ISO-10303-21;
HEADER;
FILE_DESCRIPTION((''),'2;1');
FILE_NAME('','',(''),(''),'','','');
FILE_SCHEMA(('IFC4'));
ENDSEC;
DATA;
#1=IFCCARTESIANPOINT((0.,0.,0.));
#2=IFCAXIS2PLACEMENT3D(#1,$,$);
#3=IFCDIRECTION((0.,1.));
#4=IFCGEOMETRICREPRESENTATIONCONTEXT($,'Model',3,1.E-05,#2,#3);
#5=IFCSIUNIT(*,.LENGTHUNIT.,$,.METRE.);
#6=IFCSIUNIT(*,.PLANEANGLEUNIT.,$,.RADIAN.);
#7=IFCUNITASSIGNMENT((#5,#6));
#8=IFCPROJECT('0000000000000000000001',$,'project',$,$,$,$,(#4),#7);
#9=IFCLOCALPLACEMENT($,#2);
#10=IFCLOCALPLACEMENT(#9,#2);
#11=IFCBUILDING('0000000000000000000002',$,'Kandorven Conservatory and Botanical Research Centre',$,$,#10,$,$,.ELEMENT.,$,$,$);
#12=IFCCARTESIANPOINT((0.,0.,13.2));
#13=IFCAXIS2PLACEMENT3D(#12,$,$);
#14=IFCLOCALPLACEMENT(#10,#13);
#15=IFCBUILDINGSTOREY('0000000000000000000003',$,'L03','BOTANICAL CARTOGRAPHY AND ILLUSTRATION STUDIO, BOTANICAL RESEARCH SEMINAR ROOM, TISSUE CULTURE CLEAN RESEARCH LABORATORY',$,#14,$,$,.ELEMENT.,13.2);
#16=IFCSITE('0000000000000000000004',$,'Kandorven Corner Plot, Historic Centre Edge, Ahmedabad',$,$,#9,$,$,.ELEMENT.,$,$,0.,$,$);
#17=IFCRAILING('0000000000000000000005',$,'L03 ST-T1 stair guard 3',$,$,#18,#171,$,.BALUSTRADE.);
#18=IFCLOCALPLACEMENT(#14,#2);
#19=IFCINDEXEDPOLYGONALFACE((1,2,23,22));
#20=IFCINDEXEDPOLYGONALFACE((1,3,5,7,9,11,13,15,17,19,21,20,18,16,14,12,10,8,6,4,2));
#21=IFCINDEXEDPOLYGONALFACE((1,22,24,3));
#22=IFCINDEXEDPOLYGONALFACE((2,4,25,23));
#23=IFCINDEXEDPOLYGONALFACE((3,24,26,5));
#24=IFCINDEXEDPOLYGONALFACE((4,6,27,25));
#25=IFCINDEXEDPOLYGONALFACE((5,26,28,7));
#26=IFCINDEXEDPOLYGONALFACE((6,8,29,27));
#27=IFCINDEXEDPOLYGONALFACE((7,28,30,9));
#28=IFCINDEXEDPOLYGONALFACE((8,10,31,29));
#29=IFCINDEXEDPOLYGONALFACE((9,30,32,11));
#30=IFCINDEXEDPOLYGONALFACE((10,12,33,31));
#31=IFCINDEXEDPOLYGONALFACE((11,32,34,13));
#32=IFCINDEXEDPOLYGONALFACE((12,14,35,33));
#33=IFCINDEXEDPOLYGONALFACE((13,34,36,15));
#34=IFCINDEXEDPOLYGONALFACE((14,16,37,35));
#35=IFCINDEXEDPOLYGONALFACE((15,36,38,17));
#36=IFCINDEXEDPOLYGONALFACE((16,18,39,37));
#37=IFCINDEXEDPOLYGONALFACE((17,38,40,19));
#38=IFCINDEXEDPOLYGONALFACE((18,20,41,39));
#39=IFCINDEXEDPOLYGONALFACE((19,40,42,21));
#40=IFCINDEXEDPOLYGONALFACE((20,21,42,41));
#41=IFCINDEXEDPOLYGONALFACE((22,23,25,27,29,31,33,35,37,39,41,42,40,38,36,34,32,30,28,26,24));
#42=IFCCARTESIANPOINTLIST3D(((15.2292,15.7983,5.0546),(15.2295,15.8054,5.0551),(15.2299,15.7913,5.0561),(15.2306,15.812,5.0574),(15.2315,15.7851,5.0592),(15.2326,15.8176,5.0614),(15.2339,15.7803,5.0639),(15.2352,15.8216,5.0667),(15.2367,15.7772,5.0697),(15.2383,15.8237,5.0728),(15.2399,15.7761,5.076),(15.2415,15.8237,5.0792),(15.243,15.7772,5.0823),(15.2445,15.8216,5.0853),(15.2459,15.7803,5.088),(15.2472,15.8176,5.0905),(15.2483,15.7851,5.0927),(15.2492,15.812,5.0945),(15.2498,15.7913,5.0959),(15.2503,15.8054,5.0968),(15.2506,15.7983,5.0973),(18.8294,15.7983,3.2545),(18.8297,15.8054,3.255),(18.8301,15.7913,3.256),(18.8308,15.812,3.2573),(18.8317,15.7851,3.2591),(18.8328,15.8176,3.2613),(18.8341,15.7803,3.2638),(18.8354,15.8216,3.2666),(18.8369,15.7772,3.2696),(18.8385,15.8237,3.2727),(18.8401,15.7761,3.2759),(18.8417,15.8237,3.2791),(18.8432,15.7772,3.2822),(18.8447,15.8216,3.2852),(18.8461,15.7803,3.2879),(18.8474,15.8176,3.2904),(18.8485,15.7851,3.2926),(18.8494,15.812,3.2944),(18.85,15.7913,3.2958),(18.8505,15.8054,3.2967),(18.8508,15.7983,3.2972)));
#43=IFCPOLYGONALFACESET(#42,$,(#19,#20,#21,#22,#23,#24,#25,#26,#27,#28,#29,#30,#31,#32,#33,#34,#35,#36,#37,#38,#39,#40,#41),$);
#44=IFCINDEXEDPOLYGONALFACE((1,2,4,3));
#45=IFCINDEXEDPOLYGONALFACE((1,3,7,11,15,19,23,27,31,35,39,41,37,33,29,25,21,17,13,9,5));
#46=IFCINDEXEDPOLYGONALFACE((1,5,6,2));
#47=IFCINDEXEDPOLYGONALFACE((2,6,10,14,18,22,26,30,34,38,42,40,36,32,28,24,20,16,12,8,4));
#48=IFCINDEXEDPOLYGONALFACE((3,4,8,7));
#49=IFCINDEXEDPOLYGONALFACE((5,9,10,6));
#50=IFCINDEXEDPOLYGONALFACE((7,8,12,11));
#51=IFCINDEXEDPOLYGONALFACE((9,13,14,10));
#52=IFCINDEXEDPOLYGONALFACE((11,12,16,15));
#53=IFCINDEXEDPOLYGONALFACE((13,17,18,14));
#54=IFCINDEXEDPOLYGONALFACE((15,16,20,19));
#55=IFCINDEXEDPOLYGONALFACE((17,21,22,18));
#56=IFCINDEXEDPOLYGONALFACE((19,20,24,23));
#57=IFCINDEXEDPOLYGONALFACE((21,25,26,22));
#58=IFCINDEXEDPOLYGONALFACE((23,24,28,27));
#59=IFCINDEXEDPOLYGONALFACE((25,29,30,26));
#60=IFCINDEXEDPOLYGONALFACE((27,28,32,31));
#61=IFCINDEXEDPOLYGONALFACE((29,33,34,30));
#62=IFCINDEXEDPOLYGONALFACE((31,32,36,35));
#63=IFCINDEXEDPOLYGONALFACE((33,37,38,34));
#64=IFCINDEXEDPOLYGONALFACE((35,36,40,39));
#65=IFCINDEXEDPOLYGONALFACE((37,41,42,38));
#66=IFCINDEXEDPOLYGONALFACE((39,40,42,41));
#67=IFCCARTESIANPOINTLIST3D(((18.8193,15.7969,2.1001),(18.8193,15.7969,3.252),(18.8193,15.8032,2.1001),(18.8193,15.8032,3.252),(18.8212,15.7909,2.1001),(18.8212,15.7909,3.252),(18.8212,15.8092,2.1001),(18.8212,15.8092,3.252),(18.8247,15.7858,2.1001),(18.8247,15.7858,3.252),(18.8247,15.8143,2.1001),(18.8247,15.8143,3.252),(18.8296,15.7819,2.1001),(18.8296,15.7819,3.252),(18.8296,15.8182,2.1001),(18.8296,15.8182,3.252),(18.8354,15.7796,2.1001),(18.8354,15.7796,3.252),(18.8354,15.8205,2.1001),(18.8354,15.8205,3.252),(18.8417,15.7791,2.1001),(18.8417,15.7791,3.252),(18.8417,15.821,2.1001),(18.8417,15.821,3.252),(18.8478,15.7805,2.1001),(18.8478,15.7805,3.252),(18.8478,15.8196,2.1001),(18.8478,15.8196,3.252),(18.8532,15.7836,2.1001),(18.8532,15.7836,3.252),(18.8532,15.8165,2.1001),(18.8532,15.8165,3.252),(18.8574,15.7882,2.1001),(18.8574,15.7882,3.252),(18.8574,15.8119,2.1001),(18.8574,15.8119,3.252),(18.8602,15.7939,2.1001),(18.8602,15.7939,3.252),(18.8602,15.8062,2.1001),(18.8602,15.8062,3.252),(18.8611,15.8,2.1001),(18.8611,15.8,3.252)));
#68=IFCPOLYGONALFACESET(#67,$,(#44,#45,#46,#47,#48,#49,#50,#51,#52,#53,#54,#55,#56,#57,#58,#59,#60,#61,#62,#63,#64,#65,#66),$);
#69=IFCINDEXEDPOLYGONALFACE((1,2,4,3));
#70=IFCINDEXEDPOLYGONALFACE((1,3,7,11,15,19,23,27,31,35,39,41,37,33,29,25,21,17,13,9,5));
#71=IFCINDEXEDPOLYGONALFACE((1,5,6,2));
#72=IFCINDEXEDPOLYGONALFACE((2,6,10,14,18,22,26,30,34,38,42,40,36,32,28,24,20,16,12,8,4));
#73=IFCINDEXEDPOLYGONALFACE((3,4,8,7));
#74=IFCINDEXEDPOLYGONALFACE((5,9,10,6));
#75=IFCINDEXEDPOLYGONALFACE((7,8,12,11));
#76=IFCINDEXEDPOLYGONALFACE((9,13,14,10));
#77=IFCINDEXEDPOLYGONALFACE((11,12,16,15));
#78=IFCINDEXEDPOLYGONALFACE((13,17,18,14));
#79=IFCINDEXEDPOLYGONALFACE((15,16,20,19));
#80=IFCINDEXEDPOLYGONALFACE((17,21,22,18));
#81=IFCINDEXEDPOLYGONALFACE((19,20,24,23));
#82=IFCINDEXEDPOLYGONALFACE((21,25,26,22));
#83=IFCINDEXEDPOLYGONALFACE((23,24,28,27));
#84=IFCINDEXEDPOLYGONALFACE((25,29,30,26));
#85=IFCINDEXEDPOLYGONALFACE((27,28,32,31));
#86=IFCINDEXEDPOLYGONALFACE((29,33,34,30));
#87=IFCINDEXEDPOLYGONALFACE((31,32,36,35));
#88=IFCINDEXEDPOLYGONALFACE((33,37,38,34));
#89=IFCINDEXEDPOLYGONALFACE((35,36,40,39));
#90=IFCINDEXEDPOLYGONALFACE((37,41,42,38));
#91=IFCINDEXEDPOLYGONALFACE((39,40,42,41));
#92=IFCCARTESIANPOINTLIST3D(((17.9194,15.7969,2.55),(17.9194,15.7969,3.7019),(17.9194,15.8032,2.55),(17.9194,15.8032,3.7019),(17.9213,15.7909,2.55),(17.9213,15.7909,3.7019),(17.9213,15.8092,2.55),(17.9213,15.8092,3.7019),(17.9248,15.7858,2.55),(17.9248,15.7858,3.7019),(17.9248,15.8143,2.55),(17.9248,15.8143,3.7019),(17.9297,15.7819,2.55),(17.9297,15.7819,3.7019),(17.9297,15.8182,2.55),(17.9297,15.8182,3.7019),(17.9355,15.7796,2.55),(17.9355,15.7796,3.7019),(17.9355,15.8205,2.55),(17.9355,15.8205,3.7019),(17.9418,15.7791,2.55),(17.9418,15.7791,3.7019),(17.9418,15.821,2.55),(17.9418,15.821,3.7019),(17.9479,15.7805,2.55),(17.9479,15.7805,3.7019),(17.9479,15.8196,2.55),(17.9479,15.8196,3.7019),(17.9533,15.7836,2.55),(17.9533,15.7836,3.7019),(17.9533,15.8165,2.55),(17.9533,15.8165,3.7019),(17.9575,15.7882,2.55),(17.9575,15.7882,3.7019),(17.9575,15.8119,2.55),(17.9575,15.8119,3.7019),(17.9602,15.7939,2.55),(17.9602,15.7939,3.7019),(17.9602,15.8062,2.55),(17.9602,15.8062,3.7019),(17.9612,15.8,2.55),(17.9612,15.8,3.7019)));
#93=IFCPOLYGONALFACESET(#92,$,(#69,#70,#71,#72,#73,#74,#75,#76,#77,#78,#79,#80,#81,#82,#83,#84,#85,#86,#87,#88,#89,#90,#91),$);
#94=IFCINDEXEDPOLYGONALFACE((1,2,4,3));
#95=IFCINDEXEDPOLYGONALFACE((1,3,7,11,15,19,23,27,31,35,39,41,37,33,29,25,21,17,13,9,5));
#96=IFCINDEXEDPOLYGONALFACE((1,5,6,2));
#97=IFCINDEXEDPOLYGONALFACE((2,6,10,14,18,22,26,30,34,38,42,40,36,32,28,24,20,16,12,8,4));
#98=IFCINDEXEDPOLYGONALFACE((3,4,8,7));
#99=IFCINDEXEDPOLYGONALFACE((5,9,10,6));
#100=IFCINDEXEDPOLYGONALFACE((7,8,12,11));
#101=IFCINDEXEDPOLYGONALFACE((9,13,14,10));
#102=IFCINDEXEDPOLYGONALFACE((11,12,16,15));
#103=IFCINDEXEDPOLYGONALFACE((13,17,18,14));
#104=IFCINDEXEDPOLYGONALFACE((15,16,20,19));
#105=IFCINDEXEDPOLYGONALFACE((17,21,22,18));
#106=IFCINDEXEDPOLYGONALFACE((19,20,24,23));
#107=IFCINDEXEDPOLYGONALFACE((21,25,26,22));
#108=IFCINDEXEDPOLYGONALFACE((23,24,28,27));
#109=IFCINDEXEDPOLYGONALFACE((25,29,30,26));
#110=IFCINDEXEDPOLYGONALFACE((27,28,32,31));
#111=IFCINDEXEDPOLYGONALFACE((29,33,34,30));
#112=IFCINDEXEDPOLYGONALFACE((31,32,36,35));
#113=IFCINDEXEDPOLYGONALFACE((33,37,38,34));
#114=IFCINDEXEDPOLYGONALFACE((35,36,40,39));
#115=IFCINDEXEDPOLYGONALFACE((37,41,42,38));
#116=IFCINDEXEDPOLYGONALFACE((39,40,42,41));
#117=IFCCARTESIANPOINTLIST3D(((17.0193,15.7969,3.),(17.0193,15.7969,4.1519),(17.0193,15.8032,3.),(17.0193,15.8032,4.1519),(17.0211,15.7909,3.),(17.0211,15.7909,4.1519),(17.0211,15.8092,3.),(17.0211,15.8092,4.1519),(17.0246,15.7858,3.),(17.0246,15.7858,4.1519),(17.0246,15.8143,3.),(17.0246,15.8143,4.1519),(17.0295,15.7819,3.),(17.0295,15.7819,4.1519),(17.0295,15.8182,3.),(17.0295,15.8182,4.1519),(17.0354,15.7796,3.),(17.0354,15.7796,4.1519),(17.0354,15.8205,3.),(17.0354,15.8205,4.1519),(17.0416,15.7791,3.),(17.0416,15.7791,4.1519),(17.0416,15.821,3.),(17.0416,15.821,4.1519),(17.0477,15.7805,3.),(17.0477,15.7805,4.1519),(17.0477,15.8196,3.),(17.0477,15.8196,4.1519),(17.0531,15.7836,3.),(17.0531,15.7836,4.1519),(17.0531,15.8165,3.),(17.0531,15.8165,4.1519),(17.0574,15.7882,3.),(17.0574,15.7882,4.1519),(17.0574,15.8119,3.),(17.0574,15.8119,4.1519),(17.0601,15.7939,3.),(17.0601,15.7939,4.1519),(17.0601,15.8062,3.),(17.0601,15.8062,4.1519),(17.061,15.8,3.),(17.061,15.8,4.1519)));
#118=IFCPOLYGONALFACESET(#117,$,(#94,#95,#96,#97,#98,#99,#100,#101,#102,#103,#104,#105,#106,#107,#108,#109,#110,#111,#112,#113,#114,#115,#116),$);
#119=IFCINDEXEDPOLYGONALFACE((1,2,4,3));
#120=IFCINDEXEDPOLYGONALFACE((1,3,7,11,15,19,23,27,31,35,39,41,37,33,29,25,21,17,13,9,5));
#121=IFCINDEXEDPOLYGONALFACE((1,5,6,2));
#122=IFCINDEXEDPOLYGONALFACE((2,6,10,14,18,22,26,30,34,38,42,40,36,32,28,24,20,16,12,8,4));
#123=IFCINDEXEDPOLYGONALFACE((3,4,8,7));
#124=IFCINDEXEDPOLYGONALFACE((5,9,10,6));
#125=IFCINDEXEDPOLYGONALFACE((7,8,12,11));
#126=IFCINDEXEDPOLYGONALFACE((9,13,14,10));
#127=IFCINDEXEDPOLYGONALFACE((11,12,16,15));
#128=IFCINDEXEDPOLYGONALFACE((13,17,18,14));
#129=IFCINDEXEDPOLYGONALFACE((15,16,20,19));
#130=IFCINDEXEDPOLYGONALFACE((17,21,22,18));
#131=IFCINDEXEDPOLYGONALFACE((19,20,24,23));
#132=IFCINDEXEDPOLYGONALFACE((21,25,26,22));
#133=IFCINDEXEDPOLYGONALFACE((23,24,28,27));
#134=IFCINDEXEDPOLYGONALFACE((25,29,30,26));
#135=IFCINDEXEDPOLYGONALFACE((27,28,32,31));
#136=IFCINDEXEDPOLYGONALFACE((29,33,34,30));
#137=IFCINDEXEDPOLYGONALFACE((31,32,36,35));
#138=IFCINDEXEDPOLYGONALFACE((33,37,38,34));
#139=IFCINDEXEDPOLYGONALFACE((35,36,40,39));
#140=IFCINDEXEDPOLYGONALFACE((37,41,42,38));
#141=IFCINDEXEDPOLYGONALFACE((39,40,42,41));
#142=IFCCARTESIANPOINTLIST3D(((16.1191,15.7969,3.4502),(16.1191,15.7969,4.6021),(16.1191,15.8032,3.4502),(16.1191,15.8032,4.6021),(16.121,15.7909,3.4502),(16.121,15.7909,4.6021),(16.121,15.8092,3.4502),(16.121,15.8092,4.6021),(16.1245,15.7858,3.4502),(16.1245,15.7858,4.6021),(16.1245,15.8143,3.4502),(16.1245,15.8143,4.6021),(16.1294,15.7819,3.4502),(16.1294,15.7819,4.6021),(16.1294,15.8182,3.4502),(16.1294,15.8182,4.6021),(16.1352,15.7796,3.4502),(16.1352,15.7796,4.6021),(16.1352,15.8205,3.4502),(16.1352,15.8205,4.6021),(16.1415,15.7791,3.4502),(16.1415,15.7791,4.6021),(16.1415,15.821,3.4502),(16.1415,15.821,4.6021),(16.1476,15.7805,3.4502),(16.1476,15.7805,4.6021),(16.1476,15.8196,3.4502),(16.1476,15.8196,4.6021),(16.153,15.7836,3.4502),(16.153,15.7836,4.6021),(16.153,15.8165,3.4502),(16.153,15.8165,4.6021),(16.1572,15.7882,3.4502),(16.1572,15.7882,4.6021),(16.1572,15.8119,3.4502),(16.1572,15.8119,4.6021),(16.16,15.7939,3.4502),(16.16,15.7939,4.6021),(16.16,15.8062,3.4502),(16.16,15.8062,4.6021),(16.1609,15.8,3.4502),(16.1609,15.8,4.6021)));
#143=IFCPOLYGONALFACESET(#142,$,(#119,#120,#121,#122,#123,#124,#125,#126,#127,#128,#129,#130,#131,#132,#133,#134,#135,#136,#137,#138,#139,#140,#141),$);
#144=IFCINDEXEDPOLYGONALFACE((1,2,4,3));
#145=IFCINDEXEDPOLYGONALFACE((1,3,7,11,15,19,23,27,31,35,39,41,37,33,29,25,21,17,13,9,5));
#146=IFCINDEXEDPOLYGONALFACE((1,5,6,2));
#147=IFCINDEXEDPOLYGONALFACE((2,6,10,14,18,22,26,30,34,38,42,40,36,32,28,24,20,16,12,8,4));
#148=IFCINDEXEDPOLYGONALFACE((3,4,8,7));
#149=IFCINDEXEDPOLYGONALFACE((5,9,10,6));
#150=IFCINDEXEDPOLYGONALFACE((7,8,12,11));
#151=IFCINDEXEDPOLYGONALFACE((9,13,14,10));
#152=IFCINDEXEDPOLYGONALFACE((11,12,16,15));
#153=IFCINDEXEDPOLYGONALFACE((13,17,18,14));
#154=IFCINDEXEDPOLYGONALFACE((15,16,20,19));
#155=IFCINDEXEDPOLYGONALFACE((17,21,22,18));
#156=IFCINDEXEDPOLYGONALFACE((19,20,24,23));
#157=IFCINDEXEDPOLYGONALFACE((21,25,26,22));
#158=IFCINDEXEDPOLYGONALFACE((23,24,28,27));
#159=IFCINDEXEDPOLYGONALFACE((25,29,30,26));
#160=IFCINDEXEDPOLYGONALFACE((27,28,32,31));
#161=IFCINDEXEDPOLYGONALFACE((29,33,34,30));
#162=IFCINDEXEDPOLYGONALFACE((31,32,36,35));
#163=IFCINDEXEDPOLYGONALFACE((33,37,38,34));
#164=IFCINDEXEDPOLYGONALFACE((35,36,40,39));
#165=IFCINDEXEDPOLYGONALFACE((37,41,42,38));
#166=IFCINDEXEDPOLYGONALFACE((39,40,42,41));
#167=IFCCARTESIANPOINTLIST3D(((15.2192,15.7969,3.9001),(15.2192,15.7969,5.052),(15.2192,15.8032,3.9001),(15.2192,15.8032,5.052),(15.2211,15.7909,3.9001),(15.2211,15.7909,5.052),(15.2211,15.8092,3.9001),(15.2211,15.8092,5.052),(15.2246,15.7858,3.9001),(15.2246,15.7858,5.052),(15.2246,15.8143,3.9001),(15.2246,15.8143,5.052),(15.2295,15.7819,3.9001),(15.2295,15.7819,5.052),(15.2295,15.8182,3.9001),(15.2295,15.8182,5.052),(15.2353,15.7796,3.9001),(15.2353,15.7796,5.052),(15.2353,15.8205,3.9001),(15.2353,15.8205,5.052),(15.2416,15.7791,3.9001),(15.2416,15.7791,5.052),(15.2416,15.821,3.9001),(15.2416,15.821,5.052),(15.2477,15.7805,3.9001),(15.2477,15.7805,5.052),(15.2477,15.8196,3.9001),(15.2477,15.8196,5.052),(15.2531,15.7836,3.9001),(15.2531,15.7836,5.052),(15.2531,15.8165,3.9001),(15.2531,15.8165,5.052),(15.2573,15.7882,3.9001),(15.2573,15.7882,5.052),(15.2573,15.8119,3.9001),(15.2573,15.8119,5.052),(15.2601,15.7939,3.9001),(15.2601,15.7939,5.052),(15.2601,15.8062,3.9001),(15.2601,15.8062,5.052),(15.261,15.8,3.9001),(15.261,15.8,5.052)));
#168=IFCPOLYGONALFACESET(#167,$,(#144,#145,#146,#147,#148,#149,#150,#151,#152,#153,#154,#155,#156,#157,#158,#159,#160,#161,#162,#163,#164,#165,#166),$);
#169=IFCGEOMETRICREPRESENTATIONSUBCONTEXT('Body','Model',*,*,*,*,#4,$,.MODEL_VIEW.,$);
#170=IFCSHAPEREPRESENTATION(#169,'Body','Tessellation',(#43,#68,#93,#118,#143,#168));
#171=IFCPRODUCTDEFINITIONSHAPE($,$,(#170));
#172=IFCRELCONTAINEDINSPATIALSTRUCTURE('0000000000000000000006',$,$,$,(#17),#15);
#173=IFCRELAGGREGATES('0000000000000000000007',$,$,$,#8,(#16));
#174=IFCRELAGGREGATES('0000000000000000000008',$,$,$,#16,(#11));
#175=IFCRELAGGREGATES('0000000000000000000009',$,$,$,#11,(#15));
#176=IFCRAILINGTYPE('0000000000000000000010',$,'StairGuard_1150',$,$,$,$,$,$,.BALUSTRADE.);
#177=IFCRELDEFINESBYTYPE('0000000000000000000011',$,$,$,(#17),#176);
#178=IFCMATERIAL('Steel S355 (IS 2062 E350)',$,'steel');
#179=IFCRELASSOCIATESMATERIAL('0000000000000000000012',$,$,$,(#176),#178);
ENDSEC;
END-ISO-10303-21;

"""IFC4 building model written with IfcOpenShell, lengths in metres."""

from ifc_helpers import new_model, si_unit, direction, frame, origin, origin_2d, place, context, subcontext, project, spatial, circle, extrude, material, type_object, element, save


model = new_model("IFC4")

# Units and contexts
model_context = context("Model", 3, precision=1e-05, world=origin(), true_north=direction((0.0, 1.0)))
body_context = subcontext(model_context, "Body", "Model", "MODEL_VIEW")
ifc_project = project(units=[si_unit("LENGTHUNIT", "METRE"), si_unit("PLANEANGLEUNIT", "RADIAN")], contexts=[model_context])

# Site, building, storey
site_placement = place(None, origin())
site = spatial("IfcSite", under=ifc_project, at=site_placement, Name="Kandorven Corner Plot, Historic Centre Edge, Ahmedabad", CompositionType="ELEMENT", RefElevation=0.0)
building_placement = place(site_placement, origin())
building = spatial("IfcBuilding", under=site, at=building_placement, Name="Kandorven Conservatory and Botanical Research Centre", CompositionType="ELEMENT")
storey_placement = place(building_placement, frame((0.0, 0.0, 13.2)))
storey = spatial("IfcBuildingStorey", under=building, at=storey_placement, Name="L03", Description="BOTANICAL CARTOGRAPHY AND ILLUSTRATION STUDIO, BOTANICAL RESEARCH SEMINAR ROOM, TISSUE CULTURE CLEAN RESEARCH LABORATORY", CompositionType="ELEMENT", Elevation=13.2)

# Railing
ifc_material_1 = material(Name="Steel S355 (IS 2062 E350)", Category="steel")
railing_type_1 = type_object("IfcRailingType", Name="StairGuard_1150", PredefinedType="BALUSTRADE", material=ifc_material_1)
railing_1_placement = place(storey_placement, frame((18.8401, 15.8, 2.1001)))
element("IfcRailing", 1, at=railing_1_placement, inside=storey, type_object=railing_type_1, Name="L03 ST-T1 stair guard 3", PredefinedType="BALUSTRADE", context=body_context, shape_type="SweptSolid", body=[
    extrude(circle(Radius=0.0239, at=origin_2d()), frame((0.0, 0.0, 1.1758), z_axis=(-0.894427, 0.0, 0.447214), x_axis=(0.0, -1.0, 0.0)), (0.0, 0.0, 1.0), 4.0251),
    extrude(circle(Radius=0.021, at=origin_2d()), origin(), (0.0, 0.0, 1.0), 1.1519),
    extrude(circle(Radius=0.021, at=origin_2d()), frame((-0.8999, 0.0, 0.45)), (0.0, 0.0, 1.0), 1.1519),
    extrude(circle(Radius=0.021, at=origin_2d()), frame((-1.8, 0.0, 0.8999)), (0.0, 0.0, 1.0), 1.1519),
    extrude(circle(Radius=0.021, at=origin_2d()), frame((-2.7002, 0.0, 1.3501)), (0.0, 0.0, 1.0), 1.1519),
    extrude(circle(Radius=0.021, at=origin_2d()), frame((-3.6001, 0.0, 1.8)), (0.0, 0.0, 1.0), 1.1519),
])

save(model, "model.ifc")
